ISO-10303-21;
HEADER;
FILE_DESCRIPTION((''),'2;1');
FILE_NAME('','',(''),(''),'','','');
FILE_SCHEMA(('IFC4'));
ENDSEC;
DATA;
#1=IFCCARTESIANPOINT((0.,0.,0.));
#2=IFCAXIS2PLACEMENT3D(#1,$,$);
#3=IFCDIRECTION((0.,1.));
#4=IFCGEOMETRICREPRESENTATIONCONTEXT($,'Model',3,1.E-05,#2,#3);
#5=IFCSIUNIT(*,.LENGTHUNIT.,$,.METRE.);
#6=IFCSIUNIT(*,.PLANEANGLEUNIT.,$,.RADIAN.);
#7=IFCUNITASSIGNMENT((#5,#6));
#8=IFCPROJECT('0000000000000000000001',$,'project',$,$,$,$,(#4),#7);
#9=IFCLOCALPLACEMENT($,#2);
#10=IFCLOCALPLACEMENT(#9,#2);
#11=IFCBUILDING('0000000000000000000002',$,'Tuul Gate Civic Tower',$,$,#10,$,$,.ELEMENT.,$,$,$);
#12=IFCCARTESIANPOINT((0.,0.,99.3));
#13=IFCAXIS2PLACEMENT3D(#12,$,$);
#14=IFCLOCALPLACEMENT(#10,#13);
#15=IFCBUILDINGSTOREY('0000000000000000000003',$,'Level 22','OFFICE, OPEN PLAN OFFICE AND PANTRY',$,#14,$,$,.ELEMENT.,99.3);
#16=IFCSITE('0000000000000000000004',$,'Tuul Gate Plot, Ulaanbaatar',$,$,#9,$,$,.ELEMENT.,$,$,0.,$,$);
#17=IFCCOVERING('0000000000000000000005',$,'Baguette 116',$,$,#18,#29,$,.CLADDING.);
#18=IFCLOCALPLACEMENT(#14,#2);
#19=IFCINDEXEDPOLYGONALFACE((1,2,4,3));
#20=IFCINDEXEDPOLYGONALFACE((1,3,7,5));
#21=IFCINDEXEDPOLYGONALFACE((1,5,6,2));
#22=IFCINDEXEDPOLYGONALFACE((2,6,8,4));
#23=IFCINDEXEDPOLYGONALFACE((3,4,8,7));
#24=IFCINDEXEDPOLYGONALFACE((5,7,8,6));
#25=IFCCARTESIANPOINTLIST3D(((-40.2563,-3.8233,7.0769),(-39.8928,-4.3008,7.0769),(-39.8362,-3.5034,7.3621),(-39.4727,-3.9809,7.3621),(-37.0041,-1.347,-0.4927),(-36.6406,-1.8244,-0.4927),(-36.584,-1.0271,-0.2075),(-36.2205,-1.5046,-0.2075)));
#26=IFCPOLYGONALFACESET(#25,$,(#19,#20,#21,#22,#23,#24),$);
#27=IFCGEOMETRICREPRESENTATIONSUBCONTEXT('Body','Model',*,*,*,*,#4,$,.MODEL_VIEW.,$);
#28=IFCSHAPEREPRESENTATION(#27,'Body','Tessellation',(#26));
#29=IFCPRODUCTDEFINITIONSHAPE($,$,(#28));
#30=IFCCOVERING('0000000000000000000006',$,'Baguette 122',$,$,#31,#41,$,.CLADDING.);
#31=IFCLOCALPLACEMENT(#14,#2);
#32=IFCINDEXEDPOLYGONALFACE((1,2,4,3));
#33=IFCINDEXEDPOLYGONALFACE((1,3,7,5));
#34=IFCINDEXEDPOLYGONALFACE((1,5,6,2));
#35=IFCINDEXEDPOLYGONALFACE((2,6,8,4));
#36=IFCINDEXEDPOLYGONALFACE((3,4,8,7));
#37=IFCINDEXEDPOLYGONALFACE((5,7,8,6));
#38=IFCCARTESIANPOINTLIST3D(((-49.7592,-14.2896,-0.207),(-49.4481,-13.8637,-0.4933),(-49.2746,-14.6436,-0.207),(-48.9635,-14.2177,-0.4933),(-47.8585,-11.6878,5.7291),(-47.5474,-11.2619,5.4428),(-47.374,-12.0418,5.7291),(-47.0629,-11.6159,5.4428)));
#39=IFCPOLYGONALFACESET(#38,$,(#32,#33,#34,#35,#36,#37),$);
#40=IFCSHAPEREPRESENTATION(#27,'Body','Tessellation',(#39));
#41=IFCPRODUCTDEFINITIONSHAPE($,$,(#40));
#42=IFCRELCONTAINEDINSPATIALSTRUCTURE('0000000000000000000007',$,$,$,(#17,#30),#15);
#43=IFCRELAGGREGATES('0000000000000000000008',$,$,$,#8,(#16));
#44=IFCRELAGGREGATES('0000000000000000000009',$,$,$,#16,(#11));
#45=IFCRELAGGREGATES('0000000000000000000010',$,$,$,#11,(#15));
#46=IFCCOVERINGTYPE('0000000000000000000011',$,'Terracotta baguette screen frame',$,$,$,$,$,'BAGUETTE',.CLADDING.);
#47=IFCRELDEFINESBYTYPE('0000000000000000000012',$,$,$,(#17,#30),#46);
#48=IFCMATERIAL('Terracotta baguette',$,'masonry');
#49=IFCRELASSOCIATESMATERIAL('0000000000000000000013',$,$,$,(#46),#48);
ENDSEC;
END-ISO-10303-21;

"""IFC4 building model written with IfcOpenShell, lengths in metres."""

from ifc_helpers import new_model, si_unit, direction, frame, origin, origin_2d, place, context, subcontext, project, spatial, rectangle, extrude, material, material_profile, profile_set, type_object, element, save


model = new_model("IFC4")

# Units and contexts
model_context = context("Model", 3, precision=1e-05, world=origin(), true_north=direction((0.0, 1.0)))
body_context = subcontext(model_context, "Body", "Model", "MODEL_VIEW")
ifc_project = project(units=[si_unit("LENGTHUNIT", "METRE"), si_unit("PLANEANGLEUNIT", "RADIAN")], contexts=[model_context])

# Site, building, storey
site_placement = place(None, origin())
site = spatial("IfcSite", under=ifc_project, at=site_placement, Name="Tuul Gate Plot, Ulaanbaatar", CompositionType="ELEMENT", RefElevation=0.0)
building_placement = place(site_placement, origin())
building = spatial("IfcBuilding", under=site, at=building_placement, Name="Tuul Gate Civic Tower", CompositionType="ELEMENT")
storey_placement = place(building_placement, frame((0.0, 0.0, 99.3)))
storey = spatial("IfcBuildingStorey", under=building, at=storey_placement, Name="Level 22", Description="OFFICE, OPEN PLAN OFFICE AND PANTRY", CompositionType="ELEMENT", Elevation=99.3)

# Coverings
ifc_material_1 = material(Name="Terracotta baguette", Category="masonry")
ifc_material_profile_1 = material_profile(ifc_material_1, rectangle(XDim=0.6001, YDim=0.6001, at=origin_2d()), Name="Terracotta baguette screen frame")
ifc_profile_set_1 = profile_set([ifc_material_profile_1], Name="Terracotta baguette")
covering_type = type_object("IfcCoveringType", Name="Terracotta baguette screen frame", ElementType="BAGUETTE", PredefinedType="CLADDING", material=ifc_profile_set_1)
covering_1_placement = place(storey_placement, frame((-39.8645, -3.9021, 7.2195), z_axis=(0.378041, 0.287852, -0.879901), x_axis=(-0.605804, 0.795614, 0.0)))
element("IfcCovering", 1, at=covering_1_placement, inside=storey, type_object=covering_type, Name="Baguette 116", PredefinedType="CLADDING", context=body_context, shape_type="SweptSolid", body=[
    extrude(rectangle(XDim=0.6001, YDim=0.6001, at=origin_2d()), origin(), (0.0, 0.0, 1.0), 8.6028),
])
covering_2_placement = place(storey_placement, frame((-47.4607, -11.6519, 5.5859), z_axis=(-0.281403, -0.385217, -0.878874), x_axis=(0.807492, -0.589878, 0.0)))
element("IfcCovering", 2, at=covering_2_placement, inside=storey, type_object=covering_type, Name="Baguette 122", PredefinedType="CLADDING", context=body_context, shape_type="SweptSolid", body=[
    extrude(rectangle(XDim=0.6001, YDim=0.6001, at=origin_2d()), origin(), (0.0, 0.0, 1.0), 6.7542),
])

save(model, "model.ifc")
